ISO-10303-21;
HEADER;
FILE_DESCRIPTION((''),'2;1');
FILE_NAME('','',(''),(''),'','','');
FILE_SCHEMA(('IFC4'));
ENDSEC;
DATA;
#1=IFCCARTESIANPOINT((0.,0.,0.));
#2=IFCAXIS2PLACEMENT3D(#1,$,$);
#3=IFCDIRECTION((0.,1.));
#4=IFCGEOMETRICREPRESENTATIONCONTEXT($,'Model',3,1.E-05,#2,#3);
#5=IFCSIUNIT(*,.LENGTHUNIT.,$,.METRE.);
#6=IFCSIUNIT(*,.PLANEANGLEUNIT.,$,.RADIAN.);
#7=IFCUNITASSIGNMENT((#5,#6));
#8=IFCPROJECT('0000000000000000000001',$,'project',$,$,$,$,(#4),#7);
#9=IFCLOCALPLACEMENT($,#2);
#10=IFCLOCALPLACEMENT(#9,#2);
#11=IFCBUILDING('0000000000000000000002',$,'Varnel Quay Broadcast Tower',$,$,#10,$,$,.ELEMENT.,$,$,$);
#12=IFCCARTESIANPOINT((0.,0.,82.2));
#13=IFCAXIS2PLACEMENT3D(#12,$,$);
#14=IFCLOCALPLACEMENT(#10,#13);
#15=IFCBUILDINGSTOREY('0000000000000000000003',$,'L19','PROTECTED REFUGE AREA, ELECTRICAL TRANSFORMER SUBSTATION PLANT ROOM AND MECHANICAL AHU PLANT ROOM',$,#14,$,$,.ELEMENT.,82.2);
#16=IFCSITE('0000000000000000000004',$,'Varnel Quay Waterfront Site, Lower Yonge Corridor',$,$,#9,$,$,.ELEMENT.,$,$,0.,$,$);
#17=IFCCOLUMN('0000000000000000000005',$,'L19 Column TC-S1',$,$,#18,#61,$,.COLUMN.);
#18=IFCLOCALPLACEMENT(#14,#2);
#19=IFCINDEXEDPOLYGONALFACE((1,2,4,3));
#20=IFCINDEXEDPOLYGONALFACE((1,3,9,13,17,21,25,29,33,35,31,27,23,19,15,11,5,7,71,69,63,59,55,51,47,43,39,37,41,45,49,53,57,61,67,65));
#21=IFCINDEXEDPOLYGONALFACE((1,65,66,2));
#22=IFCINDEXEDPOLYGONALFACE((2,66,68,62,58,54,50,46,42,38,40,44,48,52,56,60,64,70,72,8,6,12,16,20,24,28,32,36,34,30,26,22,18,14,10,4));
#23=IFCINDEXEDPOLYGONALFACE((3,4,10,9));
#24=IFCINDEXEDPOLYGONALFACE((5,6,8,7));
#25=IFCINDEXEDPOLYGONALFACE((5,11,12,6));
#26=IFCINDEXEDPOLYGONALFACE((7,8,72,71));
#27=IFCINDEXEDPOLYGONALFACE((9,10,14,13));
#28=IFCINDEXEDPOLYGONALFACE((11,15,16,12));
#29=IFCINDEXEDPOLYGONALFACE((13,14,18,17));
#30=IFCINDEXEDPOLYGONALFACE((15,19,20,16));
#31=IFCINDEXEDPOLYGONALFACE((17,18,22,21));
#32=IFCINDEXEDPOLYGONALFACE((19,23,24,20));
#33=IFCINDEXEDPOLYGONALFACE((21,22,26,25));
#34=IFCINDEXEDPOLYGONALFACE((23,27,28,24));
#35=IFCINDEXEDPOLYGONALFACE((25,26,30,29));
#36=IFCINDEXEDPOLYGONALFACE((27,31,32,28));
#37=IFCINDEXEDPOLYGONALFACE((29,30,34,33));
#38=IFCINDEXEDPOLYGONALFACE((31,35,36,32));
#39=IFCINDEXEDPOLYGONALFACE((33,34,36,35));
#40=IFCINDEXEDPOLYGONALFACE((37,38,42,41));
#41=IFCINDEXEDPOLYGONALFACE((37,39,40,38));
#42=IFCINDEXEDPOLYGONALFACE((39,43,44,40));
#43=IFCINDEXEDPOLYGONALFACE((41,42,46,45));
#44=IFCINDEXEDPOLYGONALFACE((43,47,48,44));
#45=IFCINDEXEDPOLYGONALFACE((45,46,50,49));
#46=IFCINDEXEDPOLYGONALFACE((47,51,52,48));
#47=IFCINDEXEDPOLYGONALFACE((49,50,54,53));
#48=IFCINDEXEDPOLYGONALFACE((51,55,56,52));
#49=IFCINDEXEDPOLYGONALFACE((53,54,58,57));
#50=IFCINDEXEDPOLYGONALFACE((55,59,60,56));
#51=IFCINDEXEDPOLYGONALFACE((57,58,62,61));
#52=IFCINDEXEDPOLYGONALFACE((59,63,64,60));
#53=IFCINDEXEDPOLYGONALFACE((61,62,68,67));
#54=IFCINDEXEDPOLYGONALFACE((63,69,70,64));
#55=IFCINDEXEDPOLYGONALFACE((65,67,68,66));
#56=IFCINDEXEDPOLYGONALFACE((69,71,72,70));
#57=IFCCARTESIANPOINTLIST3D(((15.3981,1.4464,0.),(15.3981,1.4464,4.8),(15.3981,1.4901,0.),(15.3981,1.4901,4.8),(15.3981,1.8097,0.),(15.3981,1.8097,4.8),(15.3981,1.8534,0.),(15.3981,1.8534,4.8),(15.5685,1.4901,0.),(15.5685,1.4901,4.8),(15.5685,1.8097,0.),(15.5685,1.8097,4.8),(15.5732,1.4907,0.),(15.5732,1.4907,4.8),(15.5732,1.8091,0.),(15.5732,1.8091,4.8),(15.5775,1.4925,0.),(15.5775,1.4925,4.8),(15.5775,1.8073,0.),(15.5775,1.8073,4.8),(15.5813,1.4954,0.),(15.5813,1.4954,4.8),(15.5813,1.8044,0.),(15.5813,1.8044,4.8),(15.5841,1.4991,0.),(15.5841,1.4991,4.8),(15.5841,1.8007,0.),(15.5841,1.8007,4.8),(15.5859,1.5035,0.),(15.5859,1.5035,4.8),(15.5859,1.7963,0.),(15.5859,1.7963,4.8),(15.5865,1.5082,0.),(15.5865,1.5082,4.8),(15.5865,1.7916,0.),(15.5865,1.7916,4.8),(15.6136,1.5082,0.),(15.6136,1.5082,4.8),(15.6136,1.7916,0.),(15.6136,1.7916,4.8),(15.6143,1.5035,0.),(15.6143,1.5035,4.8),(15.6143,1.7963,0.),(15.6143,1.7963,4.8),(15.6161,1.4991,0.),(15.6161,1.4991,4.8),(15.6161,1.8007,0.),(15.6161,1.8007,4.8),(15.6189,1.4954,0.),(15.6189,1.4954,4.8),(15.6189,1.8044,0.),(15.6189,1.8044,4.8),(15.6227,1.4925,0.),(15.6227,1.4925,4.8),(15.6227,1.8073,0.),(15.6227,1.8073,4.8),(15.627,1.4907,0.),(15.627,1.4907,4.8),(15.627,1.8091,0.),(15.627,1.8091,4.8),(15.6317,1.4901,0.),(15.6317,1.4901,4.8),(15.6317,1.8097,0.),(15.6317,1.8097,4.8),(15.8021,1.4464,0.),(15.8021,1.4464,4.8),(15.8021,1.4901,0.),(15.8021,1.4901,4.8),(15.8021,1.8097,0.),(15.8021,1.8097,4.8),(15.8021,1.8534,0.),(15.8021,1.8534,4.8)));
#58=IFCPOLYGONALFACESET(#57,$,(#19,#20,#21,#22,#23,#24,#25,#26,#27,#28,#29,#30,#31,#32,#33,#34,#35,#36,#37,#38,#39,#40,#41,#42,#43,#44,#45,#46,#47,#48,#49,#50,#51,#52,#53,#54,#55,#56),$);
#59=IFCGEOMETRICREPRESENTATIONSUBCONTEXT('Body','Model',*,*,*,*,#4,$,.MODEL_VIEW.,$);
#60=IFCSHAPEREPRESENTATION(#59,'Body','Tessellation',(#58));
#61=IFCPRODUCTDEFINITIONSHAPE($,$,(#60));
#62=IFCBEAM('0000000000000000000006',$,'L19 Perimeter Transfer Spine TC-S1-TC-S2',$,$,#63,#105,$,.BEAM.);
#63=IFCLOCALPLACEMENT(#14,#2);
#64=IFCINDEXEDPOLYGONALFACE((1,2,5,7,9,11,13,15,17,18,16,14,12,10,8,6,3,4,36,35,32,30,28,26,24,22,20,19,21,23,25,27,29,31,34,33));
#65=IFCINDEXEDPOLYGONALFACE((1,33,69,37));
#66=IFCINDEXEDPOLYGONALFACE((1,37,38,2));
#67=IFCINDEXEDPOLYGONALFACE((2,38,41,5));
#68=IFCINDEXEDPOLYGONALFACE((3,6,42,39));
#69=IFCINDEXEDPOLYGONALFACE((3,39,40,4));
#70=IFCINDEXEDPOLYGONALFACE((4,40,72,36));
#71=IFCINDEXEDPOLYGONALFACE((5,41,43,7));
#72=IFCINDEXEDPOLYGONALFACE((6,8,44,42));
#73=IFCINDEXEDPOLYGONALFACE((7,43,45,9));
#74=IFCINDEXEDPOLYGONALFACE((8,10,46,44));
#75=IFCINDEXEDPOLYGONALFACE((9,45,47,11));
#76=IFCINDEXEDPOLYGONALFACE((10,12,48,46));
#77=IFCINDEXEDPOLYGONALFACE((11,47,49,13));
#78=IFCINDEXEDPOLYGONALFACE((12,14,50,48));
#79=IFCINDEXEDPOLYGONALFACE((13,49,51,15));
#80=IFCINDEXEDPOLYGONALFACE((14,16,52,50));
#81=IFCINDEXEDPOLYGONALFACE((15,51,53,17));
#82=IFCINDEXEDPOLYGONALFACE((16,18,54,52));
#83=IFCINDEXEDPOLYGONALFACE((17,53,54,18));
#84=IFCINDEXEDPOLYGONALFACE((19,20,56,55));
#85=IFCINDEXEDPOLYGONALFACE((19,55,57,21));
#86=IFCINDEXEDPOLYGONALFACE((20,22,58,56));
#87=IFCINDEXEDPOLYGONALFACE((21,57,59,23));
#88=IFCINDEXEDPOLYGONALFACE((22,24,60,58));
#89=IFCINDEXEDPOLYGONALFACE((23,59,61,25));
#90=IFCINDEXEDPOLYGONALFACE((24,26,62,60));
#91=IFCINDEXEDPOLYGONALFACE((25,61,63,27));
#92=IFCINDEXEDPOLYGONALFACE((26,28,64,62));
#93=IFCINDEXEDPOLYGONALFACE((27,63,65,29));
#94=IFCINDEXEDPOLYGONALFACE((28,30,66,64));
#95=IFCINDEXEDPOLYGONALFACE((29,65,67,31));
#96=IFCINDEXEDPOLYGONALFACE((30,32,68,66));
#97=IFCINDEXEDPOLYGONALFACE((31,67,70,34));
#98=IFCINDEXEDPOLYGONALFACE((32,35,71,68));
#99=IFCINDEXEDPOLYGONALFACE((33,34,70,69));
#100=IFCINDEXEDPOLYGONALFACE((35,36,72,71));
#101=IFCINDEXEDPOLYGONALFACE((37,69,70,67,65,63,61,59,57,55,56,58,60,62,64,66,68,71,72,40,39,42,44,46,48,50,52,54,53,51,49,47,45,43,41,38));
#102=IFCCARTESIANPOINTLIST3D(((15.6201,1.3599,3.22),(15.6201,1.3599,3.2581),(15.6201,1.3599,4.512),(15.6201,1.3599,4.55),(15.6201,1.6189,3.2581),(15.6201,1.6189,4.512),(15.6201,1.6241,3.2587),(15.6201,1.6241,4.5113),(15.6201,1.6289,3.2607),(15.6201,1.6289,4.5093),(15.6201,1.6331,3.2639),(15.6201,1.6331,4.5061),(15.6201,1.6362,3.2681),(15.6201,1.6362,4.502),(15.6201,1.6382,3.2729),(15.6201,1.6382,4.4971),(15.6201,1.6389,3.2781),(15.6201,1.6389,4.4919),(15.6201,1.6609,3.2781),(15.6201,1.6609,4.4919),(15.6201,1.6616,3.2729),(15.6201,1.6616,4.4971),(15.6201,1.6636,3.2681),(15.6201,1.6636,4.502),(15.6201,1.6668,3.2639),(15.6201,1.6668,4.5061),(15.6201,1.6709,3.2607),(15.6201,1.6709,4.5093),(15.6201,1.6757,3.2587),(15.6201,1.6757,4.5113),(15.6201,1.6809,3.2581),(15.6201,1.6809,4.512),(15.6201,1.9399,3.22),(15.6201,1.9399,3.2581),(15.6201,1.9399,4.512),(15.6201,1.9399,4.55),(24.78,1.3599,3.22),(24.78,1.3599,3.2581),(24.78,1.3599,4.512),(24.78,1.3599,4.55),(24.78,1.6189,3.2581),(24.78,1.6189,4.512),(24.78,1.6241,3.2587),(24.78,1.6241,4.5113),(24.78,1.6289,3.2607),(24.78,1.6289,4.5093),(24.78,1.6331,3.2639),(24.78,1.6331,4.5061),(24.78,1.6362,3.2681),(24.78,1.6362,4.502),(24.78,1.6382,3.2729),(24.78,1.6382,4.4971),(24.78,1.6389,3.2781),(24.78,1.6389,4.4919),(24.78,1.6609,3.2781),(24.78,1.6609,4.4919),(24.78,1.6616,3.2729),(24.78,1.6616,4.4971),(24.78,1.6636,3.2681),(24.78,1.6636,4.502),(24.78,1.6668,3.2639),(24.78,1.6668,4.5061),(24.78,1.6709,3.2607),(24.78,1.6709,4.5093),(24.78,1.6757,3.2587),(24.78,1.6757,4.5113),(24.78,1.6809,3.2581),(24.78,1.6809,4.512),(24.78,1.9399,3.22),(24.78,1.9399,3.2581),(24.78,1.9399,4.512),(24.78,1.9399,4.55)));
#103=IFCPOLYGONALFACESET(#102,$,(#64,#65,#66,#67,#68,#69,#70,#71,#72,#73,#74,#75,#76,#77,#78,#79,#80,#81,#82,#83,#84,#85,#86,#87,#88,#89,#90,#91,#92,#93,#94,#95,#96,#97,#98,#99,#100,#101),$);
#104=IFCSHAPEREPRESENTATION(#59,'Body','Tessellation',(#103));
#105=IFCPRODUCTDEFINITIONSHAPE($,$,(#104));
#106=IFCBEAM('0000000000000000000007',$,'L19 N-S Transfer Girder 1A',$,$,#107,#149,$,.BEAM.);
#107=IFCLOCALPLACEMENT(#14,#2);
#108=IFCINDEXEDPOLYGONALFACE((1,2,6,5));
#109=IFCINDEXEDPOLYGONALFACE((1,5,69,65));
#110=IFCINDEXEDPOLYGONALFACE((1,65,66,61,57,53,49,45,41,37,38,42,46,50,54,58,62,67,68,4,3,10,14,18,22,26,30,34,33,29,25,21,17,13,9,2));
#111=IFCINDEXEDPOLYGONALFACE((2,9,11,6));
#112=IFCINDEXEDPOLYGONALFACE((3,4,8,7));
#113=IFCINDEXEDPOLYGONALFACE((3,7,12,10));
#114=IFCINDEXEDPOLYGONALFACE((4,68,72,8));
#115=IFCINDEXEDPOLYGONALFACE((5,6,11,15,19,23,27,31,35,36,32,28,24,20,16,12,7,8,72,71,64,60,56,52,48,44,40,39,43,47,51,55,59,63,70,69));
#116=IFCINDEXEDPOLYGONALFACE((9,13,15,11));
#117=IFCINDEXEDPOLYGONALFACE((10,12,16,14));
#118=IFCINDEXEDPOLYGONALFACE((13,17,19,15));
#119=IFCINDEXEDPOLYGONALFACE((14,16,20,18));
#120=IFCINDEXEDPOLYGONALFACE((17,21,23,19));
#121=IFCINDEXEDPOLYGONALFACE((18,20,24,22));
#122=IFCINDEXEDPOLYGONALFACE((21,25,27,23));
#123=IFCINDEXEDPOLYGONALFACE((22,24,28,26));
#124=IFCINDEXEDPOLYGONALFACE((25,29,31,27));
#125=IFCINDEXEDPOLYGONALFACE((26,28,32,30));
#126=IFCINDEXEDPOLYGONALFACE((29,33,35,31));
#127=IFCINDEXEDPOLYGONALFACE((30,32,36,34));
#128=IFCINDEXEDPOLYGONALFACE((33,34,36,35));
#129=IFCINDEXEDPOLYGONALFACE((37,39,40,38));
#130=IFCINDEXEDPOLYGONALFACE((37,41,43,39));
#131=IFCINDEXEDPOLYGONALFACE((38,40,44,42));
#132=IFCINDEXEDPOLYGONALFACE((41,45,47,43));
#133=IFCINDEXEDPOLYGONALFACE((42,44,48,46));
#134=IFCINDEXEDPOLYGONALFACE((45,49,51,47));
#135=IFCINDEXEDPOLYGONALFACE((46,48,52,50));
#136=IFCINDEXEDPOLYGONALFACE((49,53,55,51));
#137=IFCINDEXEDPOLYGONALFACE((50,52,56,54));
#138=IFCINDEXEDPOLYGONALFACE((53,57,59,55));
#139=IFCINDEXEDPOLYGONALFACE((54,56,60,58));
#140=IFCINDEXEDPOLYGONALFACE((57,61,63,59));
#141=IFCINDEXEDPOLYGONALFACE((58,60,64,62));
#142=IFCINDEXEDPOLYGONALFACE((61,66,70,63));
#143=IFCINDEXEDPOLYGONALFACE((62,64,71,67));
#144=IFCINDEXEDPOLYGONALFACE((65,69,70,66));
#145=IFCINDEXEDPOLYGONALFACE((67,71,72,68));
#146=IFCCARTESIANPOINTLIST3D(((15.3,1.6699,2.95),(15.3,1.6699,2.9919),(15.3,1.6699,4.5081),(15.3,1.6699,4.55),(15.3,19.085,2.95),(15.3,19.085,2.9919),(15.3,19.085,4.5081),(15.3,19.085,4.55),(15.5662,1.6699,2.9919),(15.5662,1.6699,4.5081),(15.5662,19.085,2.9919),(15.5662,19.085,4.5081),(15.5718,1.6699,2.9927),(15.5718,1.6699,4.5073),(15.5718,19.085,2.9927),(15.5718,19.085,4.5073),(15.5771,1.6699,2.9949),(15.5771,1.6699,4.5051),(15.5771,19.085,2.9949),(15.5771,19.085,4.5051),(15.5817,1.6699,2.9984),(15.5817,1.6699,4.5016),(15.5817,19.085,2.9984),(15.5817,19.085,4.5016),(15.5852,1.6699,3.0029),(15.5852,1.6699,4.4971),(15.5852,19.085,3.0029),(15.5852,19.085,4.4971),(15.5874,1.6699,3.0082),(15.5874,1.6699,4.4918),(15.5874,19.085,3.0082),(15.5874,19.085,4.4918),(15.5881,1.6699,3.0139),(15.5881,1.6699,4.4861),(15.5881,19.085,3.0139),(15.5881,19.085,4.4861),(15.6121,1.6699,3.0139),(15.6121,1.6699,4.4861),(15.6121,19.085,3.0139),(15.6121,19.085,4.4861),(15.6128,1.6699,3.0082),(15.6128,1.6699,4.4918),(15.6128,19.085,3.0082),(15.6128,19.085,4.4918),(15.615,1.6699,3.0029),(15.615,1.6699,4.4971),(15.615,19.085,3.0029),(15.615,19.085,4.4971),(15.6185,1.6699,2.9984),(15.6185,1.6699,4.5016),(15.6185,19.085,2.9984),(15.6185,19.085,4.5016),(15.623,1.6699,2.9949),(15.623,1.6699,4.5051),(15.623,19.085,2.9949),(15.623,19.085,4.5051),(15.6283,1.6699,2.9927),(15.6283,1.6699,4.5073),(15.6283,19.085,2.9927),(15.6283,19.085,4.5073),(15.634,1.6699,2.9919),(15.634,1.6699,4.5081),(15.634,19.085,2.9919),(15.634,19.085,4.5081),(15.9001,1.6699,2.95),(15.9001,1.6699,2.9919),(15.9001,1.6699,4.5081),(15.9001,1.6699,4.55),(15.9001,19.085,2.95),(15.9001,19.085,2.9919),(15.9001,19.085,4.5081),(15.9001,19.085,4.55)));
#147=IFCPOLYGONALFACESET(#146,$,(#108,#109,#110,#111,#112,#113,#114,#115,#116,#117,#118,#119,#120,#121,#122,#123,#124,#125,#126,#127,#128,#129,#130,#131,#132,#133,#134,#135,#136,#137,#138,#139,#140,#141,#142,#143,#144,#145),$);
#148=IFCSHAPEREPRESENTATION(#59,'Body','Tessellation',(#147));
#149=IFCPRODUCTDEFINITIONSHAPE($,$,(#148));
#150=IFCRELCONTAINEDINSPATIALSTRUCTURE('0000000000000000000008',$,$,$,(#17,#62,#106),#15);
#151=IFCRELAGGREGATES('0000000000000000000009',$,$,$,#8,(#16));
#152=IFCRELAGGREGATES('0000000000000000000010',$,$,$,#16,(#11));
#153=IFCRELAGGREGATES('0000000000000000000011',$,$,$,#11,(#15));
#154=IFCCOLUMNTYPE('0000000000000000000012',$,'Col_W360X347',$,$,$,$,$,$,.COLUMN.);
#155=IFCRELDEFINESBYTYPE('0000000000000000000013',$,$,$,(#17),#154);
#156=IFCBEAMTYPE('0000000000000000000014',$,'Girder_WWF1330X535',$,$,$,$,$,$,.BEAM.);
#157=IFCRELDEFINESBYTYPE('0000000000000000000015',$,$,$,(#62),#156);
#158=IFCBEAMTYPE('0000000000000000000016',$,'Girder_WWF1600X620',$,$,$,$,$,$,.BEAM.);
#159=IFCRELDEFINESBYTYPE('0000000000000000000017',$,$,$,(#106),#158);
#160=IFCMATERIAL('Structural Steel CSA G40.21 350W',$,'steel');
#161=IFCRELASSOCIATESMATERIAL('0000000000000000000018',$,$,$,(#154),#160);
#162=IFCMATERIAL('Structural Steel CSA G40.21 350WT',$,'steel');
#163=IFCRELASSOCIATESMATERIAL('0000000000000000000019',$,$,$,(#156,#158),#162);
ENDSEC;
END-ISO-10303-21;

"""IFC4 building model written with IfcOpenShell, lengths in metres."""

from ifc_helpers import new_model, si_unit, direction, frame, origin, origin_2d, place, context, subcontext, project, spatial, i_section, extrude, source, transform, mapped, material, material_profile, profile_set, type_object, type_shapes, element, save


model = new_model("IFC4")

# Units and contexts
model_context = context("Model", 3, precision=1e-05, world=origin(), true_north=direction((0.0, 1.0)))
body_context = subcontext(model_context, "Body", "Model", "MODEL_VIEW")
ifc_project = project(units=[si_unit("LENGTHUNIT", "METRE"), si_unit("PLANEANGLEUNIT", "RADIAN")], contexts=[model_context])

# Site, building, storey
site_placement = place(None, origin())
site = spatial("IfcSite", under=ifc_project, at=site_placement, Name="Varnel Quay Waterfront Site, Lower Yonge Corridor", CompositionType="ELEMENT", RefElevation=0.0)
building_placement = place(site_placement, origin())
building = spatial("IfcBuilding", under=site, at=building_placement, Name="Varnel Quay Broadcast Tower", CompositionType="ELEMENT")
storey_placement = place(building_placement, frame((0.0, 0.0, 82.2)))
storey = spatial("IfcBuildingStorey", under=building, at=storey_placement, Name="L19", Description="PROTECTED REFUGE AREA, ELECTRICAL TRANSFORMER SUBSTATION PLANT ROOM AND MECHANICAL AHU PLANT ROOM", CompositionType="ELEMENT", Elevation=82.2)

# Column
ifc_material_1 = material(Name="Structural Steel CSA G40.21 350W", Category="steel")
ifc_material_profile_1 = material_profile(ifc_material_1, i_section(OverallWidth=0.4041, OverallDepth=0.407, WebThickness=0.0271, FlangeThickness=0.0437, FilletRadius=0.0181, at=origin_2d()), Name="W360X347")
ifc_profile_set_1 = profile_set([ifc_material_profile_1], Name="Structural Steel CSA G40.21 350W")
column_type = type_object("IfcColumnType", Name="Col_W360X347", PredefinedType="COLUMN", material=ifc_profile_set_1)
shared_shape_1 = source(origin(), body_context, "Body", "SweptSolid", [
    extrude(i_section(OverallWidth=0.4041, OverallDepth=0.407, WebThickness=0.0271, FlangeThickness=0.0437, FilletRadius=0.0181, at=origin_2d()), origin(), (0.0, 0.0, 1.0), 4.8),
])
type_shapes(column_type, [shared_shape_1])
column_placement = place(storey_placement, frame((15.6001, 1.6499, 0.0), z_axis=(0.0, 0.0, 1.0), x_axis=(1.0, 0.0, 0.0)))
element("IfcColumn", 1, at=column_placement, inside=storey, type_object=column_type, Name="L19 Column TC-S1", PredefinedType="COLUMN", context=body_context, shape_type="MappedRepresentation", body=[
    mapped(shared_shape_1, transform((0.0, 0.0, 0.0), x_axis=(1.0, 0.0, 0.0), y_axis=(0.0, 1.0, 0.0), z_axis=(0.0, 0.0, 1.0), scale=1.0)),
])

# Beams
ifc_material_2 = material(Name="Structural Steel CSA G40.21 350WT", Category="steel")
ifc_material_profile_2 = material_profile(ifc_material_2, i_section(OverallWidth=0.5801, OverallDepth=1.3301, WebThickness=0.022, FlangeThickness=0.0381, FilletRadius=0.02, at=origin_2d()), Name="WWF1330X535")
ifc_profile_set_2 = profile_set([ifc_material_profile_2], Name="Structural Steel CSA G40.21 350WT")
beam_type_1 = type_object("IfcBeamType", Name="Girder_WWF1330X535", PredefinedType="BEAM", material=ifc_profile_set_2)
shared_shape_2 = source(origin(), body_context, "Body", "SweptSolid", [
    extrude(i_section(OverallWidth=0.5801, OverallDepth=1.3301, WebThickness=0.022, FlangeThickness=0.0381, FilletRadius=0.02, at=origin_2d()), origin(), (0.0, 0.0, 1.0), 9.1599),
])
beam_1_placement = place(storey_placement, frame((15.6201, 1.6499, 3.885), z_axis=(1.0, 0.0, 0.0), x_axis=(0.0, 1.0, 0.0)))
element("IfcBeam", 2, at=beam_1_placement, inside=storey, type_object=beam_type_1, Name="L19 Perimeter Transfer Spine TC-S1-TC-S2", PredefinedType="BEAM", context=body_context, shape_type="MappedRepresentation", body=[
    mapped(shared_shape_2, transform((0.0, 0.0, 0.0), x_axis=(1.0, 0.0, 0.0), y_axis=(0.0, 1.0, 0.0), z_axis=(0.0, 0.0, 1.0), scale=1.0)),
])
ifc_material_profile_3 = material_profile(ifc_material_2, i_section(OverallWidth=0.6001, OverallDepth=1.6001, WebThickness=0.0239, FlangeThickness=0.042, FilletRadius=0.022, at=origin_2d()), Name="WWF1600X620")
ifc_profile_set_3 = profile_set([ifc_material_profile_3], Name="Structural Steel CSA G40.21 350WT")
beam_type_2 = type_object("IfcBeamType", Name="Girder_WWF1600X620", PredefinedType="BEAM", material=ifc_profile_set_3)
shared_shape_3 = source(origin(), body_context, "Body", "SweptSolid", [
    extrude(i_section(OverallWidth=0.6001, OverallDepth=1.6001, WebThickness=0.0239, FlangeThickness=0.042, FilletRadius=0.022, at=origin_2d()), origin(), (0.0, 0.0, 1.0), 17.415),
])
beam_2_placement = place(storey_placement, frame((15.6001, 1.6699, 3.75), z_axis=(0.0, 1.0, 0.0), x_axis=(-1.0, 0.0, 0.0)))
element("IfcBeam", 3, at=beam_2_placement, inside=storey, type_object=beam_type_2, Name="L19 N-S Transfer Girder 1A", PredefinedType="BEAM", context=body_context, shape_type="MappedRepresentation", body=[
    mapped(shared_shape_3, transform((0.0, 0.0, 0.0), x_axis=(1.0, 0.0, 0.0), y_axis=(0.0, 1.0, 0.0), z_axis=(0.0, 0.0, 1.0), scale=1.0)),
])

save(model, "model.ifc")
